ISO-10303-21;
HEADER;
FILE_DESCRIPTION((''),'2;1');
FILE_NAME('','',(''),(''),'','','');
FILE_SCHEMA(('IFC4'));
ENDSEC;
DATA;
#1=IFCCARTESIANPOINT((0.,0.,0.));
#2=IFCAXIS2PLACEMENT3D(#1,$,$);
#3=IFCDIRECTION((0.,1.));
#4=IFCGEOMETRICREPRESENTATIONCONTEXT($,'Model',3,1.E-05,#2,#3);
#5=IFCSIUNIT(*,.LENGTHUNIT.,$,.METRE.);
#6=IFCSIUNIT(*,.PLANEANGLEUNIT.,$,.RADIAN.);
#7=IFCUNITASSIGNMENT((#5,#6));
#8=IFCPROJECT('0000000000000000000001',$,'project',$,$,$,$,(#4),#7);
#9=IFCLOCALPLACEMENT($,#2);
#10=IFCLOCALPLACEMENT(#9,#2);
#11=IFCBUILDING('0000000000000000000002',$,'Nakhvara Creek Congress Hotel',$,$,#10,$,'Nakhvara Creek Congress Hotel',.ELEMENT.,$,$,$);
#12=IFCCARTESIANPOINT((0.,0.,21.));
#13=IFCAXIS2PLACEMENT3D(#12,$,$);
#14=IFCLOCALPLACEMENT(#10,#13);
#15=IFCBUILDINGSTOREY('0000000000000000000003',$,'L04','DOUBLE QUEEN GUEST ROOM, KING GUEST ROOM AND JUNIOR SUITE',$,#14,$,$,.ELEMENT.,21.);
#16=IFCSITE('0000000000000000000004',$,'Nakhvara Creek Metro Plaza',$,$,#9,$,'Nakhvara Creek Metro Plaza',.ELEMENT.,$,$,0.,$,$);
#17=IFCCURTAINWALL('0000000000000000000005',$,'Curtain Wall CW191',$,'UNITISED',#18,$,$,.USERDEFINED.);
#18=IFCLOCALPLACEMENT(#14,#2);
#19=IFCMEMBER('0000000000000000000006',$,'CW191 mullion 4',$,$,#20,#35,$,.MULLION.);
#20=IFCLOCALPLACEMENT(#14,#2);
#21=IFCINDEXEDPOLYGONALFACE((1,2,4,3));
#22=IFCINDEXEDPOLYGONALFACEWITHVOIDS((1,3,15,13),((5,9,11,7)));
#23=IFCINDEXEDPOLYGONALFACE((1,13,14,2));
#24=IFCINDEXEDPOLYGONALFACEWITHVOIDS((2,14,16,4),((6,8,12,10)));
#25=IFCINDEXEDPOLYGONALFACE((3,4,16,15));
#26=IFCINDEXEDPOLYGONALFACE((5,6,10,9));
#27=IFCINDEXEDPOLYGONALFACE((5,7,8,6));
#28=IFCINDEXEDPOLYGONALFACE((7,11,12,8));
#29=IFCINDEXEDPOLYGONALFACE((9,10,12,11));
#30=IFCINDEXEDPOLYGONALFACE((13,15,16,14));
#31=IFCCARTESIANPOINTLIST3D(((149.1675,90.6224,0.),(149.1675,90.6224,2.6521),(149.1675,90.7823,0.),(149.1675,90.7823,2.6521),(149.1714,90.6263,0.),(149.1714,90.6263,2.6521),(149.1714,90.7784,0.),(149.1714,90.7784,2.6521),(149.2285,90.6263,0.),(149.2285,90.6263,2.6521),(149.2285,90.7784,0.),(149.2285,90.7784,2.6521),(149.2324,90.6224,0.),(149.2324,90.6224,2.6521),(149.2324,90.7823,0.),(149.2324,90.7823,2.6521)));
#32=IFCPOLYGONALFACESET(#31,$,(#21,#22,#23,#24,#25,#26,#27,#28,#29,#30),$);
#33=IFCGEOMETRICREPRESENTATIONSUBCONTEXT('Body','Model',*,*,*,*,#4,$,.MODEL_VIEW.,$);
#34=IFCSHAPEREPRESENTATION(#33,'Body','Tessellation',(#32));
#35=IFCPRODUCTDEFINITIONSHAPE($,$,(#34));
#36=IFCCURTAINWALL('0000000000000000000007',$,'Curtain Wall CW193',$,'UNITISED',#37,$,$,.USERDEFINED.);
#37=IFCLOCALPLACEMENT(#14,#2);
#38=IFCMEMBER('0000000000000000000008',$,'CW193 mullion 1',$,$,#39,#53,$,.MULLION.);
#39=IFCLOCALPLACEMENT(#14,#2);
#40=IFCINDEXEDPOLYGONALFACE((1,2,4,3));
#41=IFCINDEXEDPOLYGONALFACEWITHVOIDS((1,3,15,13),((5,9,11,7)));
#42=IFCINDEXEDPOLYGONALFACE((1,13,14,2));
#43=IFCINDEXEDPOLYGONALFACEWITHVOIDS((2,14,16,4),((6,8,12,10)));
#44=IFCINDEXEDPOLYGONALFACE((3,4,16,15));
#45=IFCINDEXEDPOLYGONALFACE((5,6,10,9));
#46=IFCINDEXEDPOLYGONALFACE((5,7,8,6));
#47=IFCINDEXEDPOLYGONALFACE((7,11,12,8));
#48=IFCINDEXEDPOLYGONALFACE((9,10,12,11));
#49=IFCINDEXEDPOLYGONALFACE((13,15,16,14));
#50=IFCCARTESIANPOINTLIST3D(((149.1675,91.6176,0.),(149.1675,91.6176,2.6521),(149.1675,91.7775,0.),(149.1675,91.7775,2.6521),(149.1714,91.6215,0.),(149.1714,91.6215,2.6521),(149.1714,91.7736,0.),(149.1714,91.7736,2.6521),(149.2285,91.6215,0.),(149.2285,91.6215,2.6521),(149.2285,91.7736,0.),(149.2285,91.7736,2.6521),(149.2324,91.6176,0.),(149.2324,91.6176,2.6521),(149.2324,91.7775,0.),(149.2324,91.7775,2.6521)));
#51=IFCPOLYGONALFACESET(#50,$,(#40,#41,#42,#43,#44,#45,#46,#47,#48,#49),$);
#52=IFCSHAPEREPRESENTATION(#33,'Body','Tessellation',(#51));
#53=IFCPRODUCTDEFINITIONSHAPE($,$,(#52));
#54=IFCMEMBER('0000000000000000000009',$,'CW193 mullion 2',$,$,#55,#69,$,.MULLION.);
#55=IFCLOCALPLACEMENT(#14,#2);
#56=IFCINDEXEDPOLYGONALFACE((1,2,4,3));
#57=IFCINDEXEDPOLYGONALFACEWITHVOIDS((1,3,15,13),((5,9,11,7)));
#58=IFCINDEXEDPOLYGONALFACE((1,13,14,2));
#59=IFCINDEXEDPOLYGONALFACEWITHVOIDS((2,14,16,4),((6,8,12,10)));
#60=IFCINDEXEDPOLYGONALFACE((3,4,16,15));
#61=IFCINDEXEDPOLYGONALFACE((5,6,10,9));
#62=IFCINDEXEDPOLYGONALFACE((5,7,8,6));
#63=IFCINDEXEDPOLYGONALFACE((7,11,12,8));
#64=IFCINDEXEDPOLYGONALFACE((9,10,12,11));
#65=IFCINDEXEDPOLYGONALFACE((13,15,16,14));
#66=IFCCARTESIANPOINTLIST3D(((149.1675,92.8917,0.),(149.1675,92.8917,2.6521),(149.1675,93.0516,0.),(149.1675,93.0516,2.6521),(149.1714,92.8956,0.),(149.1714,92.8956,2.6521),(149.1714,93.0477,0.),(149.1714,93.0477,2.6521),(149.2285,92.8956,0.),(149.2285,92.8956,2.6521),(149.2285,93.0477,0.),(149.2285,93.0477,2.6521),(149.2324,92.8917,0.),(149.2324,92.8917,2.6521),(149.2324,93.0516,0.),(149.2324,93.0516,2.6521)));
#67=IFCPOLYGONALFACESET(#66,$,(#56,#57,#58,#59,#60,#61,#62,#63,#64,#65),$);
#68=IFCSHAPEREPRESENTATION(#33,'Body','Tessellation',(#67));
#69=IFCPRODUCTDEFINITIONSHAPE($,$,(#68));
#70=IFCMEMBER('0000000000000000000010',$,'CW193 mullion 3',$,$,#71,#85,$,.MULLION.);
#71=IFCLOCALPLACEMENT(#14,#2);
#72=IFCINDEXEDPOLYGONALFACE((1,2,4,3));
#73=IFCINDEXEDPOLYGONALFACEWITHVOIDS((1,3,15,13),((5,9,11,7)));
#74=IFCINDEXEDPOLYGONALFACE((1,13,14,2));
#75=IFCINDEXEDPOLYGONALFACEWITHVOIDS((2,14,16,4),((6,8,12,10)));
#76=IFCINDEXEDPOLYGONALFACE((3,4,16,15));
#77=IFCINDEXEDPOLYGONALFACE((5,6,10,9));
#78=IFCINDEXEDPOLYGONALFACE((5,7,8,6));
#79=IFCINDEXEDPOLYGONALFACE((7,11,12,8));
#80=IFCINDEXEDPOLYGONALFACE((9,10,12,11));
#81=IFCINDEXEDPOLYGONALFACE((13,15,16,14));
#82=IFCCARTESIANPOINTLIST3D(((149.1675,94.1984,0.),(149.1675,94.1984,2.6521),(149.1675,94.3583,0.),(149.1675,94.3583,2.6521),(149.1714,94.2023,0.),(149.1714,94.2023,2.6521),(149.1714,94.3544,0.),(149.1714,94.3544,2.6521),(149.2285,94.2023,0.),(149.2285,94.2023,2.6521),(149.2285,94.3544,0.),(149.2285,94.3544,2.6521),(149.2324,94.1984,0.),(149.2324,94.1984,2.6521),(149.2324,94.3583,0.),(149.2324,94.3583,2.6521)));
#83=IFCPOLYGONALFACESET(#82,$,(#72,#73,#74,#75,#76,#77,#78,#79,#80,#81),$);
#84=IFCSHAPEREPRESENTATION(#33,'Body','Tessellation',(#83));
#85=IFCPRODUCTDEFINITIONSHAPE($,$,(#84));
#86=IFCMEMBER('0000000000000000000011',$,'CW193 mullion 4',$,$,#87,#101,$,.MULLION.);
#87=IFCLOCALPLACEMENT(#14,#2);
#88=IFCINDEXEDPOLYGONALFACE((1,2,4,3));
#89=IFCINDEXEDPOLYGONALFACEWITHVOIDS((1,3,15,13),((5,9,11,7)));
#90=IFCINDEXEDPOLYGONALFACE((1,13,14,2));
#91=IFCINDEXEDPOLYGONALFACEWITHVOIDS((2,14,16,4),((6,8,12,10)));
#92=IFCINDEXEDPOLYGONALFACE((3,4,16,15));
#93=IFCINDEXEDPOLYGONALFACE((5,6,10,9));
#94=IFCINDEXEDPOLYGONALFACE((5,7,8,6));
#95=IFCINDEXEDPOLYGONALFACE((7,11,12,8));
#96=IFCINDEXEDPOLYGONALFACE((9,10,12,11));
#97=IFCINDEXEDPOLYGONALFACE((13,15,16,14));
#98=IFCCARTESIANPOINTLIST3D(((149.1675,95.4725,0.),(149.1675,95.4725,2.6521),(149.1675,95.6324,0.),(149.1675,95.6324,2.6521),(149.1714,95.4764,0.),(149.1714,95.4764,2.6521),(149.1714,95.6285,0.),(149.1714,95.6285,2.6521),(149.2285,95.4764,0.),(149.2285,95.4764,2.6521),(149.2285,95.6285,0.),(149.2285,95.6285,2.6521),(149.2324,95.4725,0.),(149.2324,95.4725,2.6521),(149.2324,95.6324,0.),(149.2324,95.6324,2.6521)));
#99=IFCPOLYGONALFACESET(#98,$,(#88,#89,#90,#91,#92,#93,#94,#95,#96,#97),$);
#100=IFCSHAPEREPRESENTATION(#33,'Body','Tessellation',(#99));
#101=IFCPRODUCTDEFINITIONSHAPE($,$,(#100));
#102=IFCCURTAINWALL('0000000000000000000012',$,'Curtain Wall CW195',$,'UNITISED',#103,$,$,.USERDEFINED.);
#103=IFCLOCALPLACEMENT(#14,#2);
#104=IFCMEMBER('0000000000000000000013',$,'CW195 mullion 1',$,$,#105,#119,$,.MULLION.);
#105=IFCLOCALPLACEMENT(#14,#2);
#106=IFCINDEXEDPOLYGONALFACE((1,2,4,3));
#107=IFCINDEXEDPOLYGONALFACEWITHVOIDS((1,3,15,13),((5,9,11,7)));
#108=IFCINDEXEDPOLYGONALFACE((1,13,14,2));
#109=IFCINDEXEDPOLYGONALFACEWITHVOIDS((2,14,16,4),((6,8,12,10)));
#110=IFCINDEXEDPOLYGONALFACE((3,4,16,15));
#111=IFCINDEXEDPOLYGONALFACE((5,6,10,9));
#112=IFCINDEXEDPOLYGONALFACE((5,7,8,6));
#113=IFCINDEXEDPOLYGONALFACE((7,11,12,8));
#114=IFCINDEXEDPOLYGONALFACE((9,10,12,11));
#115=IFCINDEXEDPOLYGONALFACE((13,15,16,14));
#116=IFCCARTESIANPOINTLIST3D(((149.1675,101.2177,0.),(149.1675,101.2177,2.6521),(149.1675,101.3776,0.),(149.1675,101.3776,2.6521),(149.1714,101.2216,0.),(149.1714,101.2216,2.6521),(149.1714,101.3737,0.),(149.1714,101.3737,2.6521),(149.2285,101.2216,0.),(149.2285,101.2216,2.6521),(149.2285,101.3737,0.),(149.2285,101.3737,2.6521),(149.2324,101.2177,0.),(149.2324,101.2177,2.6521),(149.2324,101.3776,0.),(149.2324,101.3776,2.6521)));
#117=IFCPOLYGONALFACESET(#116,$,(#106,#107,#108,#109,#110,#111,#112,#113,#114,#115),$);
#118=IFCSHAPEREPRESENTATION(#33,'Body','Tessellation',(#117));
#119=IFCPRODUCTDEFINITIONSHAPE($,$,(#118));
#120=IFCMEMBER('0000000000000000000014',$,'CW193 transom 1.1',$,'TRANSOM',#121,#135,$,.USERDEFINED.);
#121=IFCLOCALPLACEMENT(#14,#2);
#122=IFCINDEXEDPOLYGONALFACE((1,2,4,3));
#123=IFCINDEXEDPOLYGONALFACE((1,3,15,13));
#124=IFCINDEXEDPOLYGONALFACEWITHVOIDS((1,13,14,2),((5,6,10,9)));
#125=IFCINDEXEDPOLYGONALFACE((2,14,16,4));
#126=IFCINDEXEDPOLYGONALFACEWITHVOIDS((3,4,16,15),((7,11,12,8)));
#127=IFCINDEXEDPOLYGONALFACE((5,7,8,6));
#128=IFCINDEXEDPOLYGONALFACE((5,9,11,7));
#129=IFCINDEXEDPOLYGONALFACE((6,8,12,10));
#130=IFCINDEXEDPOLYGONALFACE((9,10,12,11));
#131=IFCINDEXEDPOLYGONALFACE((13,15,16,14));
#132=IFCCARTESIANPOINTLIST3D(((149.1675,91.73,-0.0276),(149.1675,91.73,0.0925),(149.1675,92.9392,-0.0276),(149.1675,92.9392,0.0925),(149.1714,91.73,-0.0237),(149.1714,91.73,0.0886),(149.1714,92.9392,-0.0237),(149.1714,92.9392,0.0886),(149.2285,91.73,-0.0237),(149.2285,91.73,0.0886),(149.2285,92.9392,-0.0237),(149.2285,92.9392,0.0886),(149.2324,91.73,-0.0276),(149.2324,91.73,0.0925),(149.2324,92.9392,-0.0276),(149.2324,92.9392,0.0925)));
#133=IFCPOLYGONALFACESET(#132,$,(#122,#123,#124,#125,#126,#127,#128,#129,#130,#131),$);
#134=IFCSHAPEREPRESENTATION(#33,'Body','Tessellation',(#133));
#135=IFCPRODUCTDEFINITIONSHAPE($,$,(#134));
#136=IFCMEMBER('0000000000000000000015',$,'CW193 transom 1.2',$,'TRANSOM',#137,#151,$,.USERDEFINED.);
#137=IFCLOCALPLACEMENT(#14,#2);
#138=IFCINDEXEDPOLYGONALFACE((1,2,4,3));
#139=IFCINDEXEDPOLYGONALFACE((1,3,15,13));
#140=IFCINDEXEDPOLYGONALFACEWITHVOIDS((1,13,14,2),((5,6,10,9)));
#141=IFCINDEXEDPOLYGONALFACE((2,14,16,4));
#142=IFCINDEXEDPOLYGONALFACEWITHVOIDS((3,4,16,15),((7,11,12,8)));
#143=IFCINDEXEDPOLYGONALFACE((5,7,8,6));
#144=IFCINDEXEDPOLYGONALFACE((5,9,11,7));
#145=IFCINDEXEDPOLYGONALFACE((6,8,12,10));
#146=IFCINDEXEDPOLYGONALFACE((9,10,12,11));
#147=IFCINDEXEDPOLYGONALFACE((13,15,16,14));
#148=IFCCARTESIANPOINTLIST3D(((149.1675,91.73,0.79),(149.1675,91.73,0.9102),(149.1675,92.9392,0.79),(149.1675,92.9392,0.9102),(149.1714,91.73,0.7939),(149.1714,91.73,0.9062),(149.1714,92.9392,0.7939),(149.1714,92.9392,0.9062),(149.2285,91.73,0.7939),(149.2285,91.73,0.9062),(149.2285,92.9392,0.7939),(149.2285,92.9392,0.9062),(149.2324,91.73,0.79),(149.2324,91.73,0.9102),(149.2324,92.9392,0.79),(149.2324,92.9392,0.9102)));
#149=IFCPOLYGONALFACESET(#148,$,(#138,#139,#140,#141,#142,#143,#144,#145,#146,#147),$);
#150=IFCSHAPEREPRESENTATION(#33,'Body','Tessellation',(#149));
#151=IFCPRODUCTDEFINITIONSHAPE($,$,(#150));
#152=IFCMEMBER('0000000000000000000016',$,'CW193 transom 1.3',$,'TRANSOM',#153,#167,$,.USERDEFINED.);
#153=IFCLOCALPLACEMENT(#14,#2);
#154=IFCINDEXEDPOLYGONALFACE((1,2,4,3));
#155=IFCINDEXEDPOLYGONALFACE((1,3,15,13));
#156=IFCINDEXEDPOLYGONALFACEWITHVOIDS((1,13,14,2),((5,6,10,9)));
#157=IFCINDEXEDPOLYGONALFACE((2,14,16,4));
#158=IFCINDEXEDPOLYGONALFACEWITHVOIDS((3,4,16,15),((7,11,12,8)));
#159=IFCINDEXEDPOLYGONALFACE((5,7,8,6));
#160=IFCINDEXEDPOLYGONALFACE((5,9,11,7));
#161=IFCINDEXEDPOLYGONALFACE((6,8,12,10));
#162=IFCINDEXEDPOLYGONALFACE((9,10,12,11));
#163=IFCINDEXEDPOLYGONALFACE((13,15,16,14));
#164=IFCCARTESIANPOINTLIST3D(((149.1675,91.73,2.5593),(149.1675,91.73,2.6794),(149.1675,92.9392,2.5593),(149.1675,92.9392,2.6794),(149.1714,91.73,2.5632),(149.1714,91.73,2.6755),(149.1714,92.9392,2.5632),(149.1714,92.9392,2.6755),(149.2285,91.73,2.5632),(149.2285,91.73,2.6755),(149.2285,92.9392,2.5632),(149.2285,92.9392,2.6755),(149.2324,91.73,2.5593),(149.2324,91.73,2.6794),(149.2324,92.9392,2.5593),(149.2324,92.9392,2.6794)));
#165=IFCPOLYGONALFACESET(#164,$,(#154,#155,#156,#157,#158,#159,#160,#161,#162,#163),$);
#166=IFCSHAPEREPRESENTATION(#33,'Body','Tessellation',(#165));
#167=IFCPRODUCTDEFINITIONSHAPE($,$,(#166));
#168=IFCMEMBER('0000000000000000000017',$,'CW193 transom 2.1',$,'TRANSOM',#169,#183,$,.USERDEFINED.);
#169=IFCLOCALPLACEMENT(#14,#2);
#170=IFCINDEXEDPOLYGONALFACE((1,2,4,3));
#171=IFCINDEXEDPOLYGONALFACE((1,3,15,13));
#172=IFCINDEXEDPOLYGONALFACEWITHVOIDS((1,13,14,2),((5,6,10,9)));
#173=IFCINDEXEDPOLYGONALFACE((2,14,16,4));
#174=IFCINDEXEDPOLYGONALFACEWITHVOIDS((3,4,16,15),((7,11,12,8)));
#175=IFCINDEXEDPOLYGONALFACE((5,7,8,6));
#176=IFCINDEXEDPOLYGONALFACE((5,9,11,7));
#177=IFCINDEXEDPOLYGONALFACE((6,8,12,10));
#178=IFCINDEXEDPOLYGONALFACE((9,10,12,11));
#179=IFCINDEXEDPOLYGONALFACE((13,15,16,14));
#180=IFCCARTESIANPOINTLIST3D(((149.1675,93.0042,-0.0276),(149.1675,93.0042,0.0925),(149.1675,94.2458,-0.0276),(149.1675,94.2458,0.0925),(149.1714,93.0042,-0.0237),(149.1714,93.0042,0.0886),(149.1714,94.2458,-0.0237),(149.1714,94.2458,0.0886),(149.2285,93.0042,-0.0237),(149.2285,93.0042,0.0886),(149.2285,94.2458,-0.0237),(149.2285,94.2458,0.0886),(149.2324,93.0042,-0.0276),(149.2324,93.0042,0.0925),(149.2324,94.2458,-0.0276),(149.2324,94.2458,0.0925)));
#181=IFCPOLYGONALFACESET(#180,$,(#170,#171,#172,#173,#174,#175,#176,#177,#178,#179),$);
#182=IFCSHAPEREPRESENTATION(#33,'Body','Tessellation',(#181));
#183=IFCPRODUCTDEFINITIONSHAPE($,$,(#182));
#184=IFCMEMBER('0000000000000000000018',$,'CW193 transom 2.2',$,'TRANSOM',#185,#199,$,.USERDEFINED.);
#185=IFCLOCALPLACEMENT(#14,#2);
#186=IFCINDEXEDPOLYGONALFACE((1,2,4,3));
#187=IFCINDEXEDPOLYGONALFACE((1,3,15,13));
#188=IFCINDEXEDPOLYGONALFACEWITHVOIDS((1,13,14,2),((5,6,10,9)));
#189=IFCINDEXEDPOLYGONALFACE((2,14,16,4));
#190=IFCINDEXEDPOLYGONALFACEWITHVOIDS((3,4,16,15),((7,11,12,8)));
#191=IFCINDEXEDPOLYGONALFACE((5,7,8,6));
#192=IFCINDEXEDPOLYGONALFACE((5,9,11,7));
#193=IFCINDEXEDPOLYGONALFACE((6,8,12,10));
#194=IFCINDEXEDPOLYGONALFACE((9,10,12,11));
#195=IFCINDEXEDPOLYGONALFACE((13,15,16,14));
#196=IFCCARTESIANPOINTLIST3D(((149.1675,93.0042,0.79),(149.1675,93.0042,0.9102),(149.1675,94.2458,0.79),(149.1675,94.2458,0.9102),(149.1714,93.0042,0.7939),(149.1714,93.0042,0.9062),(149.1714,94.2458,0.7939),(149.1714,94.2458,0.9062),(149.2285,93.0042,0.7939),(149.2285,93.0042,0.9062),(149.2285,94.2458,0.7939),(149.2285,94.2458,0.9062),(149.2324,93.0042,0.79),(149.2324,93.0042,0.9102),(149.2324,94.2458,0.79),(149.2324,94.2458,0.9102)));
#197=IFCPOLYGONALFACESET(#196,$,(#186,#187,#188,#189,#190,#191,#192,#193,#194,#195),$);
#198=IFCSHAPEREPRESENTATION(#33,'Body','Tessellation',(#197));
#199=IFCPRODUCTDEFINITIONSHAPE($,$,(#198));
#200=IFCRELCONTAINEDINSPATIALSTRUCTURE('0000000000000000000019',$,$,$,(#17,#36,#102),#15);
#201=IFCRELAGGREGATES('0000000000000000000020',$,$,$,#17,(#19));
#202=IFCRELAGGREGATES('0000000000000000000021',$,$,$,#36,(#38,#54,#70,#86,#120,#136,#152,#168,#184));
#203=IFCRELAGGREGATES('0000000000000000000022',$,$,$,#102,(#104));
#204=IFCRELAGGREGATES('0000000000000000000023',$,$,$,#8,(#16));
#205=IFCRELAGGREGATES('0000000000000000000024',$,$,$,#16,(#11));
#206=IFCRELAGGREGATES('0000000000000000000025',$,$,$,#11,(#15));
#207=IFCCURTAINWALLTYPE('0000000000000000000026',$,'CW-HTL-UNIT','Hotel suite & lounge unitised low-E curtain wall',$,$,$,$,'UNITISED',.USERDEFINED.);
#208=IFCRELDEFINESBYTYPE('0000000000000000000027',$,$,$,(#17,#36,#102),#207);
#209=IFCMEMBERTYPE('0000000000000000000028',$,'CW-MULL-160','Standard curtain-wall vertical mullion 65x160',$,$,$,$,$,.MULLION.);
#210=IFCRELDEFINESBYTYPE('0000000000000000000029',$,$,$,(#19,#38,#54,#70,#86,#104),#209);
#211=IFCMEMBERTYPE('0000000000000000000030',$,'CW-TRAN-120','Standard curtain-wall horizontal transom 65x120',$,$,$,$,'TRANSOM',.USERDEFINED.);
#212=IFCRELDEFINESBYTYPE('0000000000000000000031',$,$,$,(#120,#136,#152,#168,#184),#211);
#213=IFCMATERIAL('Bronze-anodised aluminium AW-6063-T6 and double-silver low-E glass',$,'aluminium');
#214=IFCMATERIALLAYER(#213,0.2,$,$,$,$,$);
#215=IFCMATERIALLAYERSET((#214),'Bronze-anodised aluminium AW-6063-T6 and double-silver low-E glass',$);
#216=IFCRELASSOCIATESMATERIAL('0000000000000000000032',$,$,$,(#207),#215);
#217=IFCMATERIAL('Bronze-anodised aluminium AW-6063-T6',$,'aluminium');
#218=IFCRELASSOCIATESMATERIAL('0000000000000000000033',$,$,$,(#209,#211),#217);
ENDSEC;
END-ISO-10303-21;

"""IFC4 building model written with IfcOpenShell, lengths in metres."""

from ifc_helpers import new_model, si_unit, direction, frame, origin, origin_2d, place, context, subcontext, project, spatial, hollow_rectangle, extrude, material, layer, layer_set, material_profile, profile_set, type_object, element, aggregate, save


model = new_model("IFC4")

# Units and contexts
model_context = context("Model", 3, precision=1e-05, world=origin(), true_north=direction((0.0, 1.0)))
body_context = subcontext(model_context, "Body", "Model", "MODEL_VIEW")
ifc_project = project(units=[si_unit("LENGTHUNIT", "METRE"), si_unit("PLANEANGLEUNIT", "RADIAN")], contexts=[model_context])

# Site, building, storey
site_placement = place(None, origin())
site = spatial("IfcSite", under=ifc_project, at=site_placement, Name="Nakhvara Creek Metro Plaza", LongName="Nakhvara Creek Metro Plaza", CompositionType="ELEMENT", RefElevation=0.0)
building_placement = place(site_placement, origin())
building = spatial("IfcBuilding", under=site, at=building_placement, Name="Nakhvara Creek Congress Hotel", LongName="Nakhvara Creek Congress Hotel", CompositionType="ELEMENT")
storey_placement = place(building_placement, frame((0.0, 0.0, 21.0)))
storey = spatial("IfcBuildingStorey", under=building, at=storey_placement, Name="L04", Description="DOUBLE QUEEN GUEST ROOM, KING GUEST ROOM AND JUNIOR SUITE", CompositionType="ELEMENT", Elevation=21.0)

# Curtain wall, member
ifc_material_1 = material(Name="Bronze-anodised aluminium AW-6063-T6 and double-silver low-E glass", Category="aluminium")
ifc_layer = layer(ifc_material_1, 0.2)
ifc_layer_set = layer_set([ifc_layer], Name="Bronze-anodised aluminium AW-6063-T6 and double-silver low-E glass")
curtain_wall_type = type_object("IfcCurtainWallType", Name="CW-HTL-UNIT", Description="Hotel suite & lounge unitised low-E curtain wall", ElementType="UNITISED", PredefinedType="USERDEFINED", material=ifc_layer_set)
curtain_wall_1_placement = place(storey_placement, origin())
curtain_wall_1 = element("IfcCurtainWall", 1, at=curtain_wall_1_placement, inside=storey, type_object=curtain_wall_type, Name="Curtain Wall CW191", ObjectType="UNITISED", PredefinedType="USERDEFINED")
ifc_material_2 = material(Name="Bronze-anodised aluminium AW-6063-T6", Category="aluminium")
ifc_material_profile_1 = material_profile(ifc_material_2, hollow_rectangle(XDim=0.0649, YDim=0.1599, WallThickness=0.0039, at=origin_2d()), Name="ALU-MULL 65x160x4", Category="LoadBearing")
ifc_profile_set_1 = profile_set([ifc_material_profile_1], Name="Bronze-anodised aluminium AW-6063-T6")
member_type_1 = type_object("IfcMemberType", Name="CW-MULL-160", Description="Standard curtain-wall vertical mullion 65x160", PredefinedType="MULLION", material=ifc_profile_set_1)
member_1_placement = place(storey_placement, frame((149.2, 90.7024, 0.0), z_axis=(0.0, 0.0, 1.0), x_axis=(-1.0, 0.0, 0.0)))
member_1 = element("IfcMember", 2, at=member_1_placement, type_object=member_type_1, Name="CW191 mullion 4", PredefinedType="MULLION", context=body_context, shape_type="SweptSolid", body=[
    extrude(hollow_rectangle(XDim=0.0649, YDim=0.1599, WallThickness=0.0039, at=origin_2d()), origin(), (0.0, 0.0, 1.0), 2.6521),
])
aggregate(curtain_wall_1, [member_1])

# Curtain wall, members
curtain_wall_2_placement = place(storey_placement, origin())
curtain_wall_2 = element("IfcCurtainWall", 3, at=curtain_wall_2_placement, inside=storey, type_object=curtain_wall_type, Name="Curtain Wall CW193", ObjectType="UNITISED", PredefinedType="USERDEFINED")
member_2_placement = place(storey_placement, frame((149.2, 91.6975, 0.0), z_axis=(0.0, 0.0, 1.0), x_axis=(-1.0, 0.0, 0.0)))
member_2 = element("IfcMember", 4, at=member_2_placement, type_object=member_type_1, Name="CW193 mullion 1", PredefinedType="MULLION", context=body_context, shape_type="SweptSolid", body=[
    extrude(hollow_rectangle(XDim=0.0649, YDim=0.1599, WallThickness=0.0039, at=origin_2d()), origin(), (0.0, 0.0, 1.0), 2.6521),
])
member_3_placement = place(storey_placement, frame((149.2, 92.9717, 0.0), z_axis=(0.0, 0.0, 1.0), x_axis=(-1.0, 0.0, 0.0)))
member_3 = element("IfcMember", 5, at=member_3_placement, type_object=member_type_1, Name="CW193 mullion 2", PredefinedType="MULLION", context=body_context, shape_type="SweptSolid", body=[
    extrude(hollow_rectangle(XDim=0.0649, YDim=0.1599, WallThickness=0.0039, at=origin_2d()), origin(), (0.0, 0.0, 1.0), 2.6521),
])
member_4_placement = place(storey_placement, frame((149.2, 94.2783, 0.0), z_axis=(0.0, 0.0, 1.0), x_axis=(-1.0, 0.0, 0.0)))
member_4 = element("IfcMember", 6, at=member_4_placement, type_object=member_type_1, Name="CW193 mullion 3", PredefinedType="MULLION", context=body_context, shape_type="SweptSolid", body=[
    extrude(hollow_rectangle(XDim=0.0649, YDim=0.1599, WallThickness=0.0039, at=origin_2d()), origin(), (0.0, 0.0, 1.0), 2.6521),
])
member_5_placement = place(storey_placement, frame((149.2, 95.5525, 0.0), z_axis=(0.0, 0.0, 1.0), x_axis=(-1.0, 0.0, 0.0)))
member_5 = element("IfcMember", 7, at=member_5_placement, type_object=member_type_1, Name="CW193 mullion 4", PredefinedType="MULLION", context=body_context, shape_type="SweptSolid", body=[
    extrude(hollow_rectangle(XDim=0.0649, YDim=0.1599, WallThickness=0.0039, at=origin_2d()), origin(), (0.0, 0.0, 1.0), 2.6521),
])

# Curtain wall, member
curtain_wall_3_placement = place(storey_placement, origin())
curtain_wall_3 = element("IfcCurtainWall", 8, at=curtain_wall_3_placement, inside=storey, type_object=curtain_wall_type, Name="Curtain Wall CW195", ObjectType="UNITISED", PredefinedType="USERDEFINED")
member_6_placement = place(storey_placement, frame((149.2, 101.2976, 0.0), z_axis=(0.0, 0.0, 1.0), x_axis=(-1.0, 0.0, 0.0)))
member_6 = element("IfcMember", 9, at=member_6_placement, type_object=member_type_1, Name="CW195 mullion 1", PredefinedType="MULLION", context=body_context, shape_type="SweptSolid", body=[
    extrude(hollow_rectangle(XDim=0.0649, YDim=0.1599, WallThickness=0.0039, at=origin_2d()), origin(), (0.0, 0.0, 1.0), 2.6521),
])

# Members
ifc_material_profile_2 = material_profile(ifc_material_2, hollow_rectangle(XDim=0.0649, YDim=0.1201, WallThickness=0.0039, at=origin_2d()), Name="ALU-TRAN 65x120x4", Category="LoadBearing")
ifc_profile_set_2 = profile_set([ifc_material_profile_2], Name="Bronze-anodised aluminium AW-6063-T6")
member_type_2 = type_object("IfcMemberType", Name="CW-TRAN-120", Description="Standard curtain-wall horizontal transom 65x120", ElementType="TRANSOM", PredefinedType="USERDEFINED", material=ifc_profile_set_2)
member_7_placement = place(storey_placement, frame((149.2, 91.73, 0.0325), z_axis=(0.0, 1.0, 0.0), x_axis=(-1.0, 0.0, 0.0)))
member_7 = element("IfcMember", 10, at=member_7_placement, type_object=member_type_2, Name="CW193 transom 1.1", ObjectType="TRANSOM", PredefinedType="USERDEFINED", context=body_context, shape_type="SweptSolid", body=[
    extrude(hollow_rectangle(XDim=0.0649, YDim=0.1201, WallThickness=0.0039, at=origin_2d()), origin(), (0.0, 0.0, 1.0), 1.2092),
])
member_8_placement = place(storey_placement, frame((149.2, 91.73, 0.8501), z_axis=(0.0, 1.0, 0.0), x_axis=(-1.0, 0.0, 0.0)))
member_8 = element("IfcMember", 11, at=member_8_placement, type_object=member_type_2, Name="CW193 transom 1.2", ObjectType="TRANSOM", PredefinedType="USERDEFINED", context=body_context, shape_type="SweptSolid", body=[
    extrude(hollow_rectangle(XDim=0.0649, YDim=0.1201, WallThickness=0.0039, at=origin_2d()), origin(), (0.0, 0.0, 1.0), 1.2092),
])
member_9_placement = place(storey_placement, frame((149.2, 91.73, 2.6194), z_axis=(0.0, 1.0, 0.0), x_axis=(-1.0, 0.0, 0.0)))
member_9 = element("IfcMember", 12, at=member_9_placement, type_object=member_type_2, Name="CW193 transom 1.3", ObjectType="TRANSOM", PredefinedType="USERDEFINED", context=body_context, shape_type="SweptSolid", body=[
    extrude(hollow_rectangle(XDim=0.0649, YDim=0.1201, WallThickness=0.0039, at=origin_2d()), origin(), (0.0, 0.0, 1.0), 1.2092),
])
member_10_placement = place(storey_placement, frame((149.2, 93.0042, 0.0325), z_axis=(0.0, 1.0, 0.0), x_axis=(-1.0, 0.0, 0.0)))
member_10 = element("IfcMember", 13, at=member_10_placement, type_object=member_type_2, Name="CW193 transom 2.1", ObjectType="TRANSOM", PredefinedType="USERDEFINED", context=body_context, shape_type="SweptSolid", body=[
    extrude(hollow_rectangle(XDim=0.0649, YDim=0.1201, WallThickness=0.0039, at=origin_2d()), origin(), (0.0, 0.0, 1.0), 1.2417),
])
member_11_placement = place(storey_placement, frame((149.2, 93.0042, 0.8501), z_axis=(0.0, 1.0, 0.0), x_axis=(-1.0, 0.0, 0.0)))
member_11 = element("IfcMember", 14, at=member_11_placement, type_object=member_type_2, Name="CW193 transom 2.2", ObjectType="TRANSOM", PredefinedType="USERDEFINED", context=body_context, shape_type="SweptSolid", body=[
    extrude(hollow_rectangle(XDim=0.0649, YDim=0.1201, WallThickness=0.0039, at=origin_2d()), origin(), (0.0, 0.0, 1.0), 1.2417),
])

aggregate(curtain_wall_2, [member_2, member_3, member_4, member_5, member_7, member_8, member_9, member_10, member_11])
aggregate(curtain_wall_3, [member_6])

save(model, "model.ifc")
